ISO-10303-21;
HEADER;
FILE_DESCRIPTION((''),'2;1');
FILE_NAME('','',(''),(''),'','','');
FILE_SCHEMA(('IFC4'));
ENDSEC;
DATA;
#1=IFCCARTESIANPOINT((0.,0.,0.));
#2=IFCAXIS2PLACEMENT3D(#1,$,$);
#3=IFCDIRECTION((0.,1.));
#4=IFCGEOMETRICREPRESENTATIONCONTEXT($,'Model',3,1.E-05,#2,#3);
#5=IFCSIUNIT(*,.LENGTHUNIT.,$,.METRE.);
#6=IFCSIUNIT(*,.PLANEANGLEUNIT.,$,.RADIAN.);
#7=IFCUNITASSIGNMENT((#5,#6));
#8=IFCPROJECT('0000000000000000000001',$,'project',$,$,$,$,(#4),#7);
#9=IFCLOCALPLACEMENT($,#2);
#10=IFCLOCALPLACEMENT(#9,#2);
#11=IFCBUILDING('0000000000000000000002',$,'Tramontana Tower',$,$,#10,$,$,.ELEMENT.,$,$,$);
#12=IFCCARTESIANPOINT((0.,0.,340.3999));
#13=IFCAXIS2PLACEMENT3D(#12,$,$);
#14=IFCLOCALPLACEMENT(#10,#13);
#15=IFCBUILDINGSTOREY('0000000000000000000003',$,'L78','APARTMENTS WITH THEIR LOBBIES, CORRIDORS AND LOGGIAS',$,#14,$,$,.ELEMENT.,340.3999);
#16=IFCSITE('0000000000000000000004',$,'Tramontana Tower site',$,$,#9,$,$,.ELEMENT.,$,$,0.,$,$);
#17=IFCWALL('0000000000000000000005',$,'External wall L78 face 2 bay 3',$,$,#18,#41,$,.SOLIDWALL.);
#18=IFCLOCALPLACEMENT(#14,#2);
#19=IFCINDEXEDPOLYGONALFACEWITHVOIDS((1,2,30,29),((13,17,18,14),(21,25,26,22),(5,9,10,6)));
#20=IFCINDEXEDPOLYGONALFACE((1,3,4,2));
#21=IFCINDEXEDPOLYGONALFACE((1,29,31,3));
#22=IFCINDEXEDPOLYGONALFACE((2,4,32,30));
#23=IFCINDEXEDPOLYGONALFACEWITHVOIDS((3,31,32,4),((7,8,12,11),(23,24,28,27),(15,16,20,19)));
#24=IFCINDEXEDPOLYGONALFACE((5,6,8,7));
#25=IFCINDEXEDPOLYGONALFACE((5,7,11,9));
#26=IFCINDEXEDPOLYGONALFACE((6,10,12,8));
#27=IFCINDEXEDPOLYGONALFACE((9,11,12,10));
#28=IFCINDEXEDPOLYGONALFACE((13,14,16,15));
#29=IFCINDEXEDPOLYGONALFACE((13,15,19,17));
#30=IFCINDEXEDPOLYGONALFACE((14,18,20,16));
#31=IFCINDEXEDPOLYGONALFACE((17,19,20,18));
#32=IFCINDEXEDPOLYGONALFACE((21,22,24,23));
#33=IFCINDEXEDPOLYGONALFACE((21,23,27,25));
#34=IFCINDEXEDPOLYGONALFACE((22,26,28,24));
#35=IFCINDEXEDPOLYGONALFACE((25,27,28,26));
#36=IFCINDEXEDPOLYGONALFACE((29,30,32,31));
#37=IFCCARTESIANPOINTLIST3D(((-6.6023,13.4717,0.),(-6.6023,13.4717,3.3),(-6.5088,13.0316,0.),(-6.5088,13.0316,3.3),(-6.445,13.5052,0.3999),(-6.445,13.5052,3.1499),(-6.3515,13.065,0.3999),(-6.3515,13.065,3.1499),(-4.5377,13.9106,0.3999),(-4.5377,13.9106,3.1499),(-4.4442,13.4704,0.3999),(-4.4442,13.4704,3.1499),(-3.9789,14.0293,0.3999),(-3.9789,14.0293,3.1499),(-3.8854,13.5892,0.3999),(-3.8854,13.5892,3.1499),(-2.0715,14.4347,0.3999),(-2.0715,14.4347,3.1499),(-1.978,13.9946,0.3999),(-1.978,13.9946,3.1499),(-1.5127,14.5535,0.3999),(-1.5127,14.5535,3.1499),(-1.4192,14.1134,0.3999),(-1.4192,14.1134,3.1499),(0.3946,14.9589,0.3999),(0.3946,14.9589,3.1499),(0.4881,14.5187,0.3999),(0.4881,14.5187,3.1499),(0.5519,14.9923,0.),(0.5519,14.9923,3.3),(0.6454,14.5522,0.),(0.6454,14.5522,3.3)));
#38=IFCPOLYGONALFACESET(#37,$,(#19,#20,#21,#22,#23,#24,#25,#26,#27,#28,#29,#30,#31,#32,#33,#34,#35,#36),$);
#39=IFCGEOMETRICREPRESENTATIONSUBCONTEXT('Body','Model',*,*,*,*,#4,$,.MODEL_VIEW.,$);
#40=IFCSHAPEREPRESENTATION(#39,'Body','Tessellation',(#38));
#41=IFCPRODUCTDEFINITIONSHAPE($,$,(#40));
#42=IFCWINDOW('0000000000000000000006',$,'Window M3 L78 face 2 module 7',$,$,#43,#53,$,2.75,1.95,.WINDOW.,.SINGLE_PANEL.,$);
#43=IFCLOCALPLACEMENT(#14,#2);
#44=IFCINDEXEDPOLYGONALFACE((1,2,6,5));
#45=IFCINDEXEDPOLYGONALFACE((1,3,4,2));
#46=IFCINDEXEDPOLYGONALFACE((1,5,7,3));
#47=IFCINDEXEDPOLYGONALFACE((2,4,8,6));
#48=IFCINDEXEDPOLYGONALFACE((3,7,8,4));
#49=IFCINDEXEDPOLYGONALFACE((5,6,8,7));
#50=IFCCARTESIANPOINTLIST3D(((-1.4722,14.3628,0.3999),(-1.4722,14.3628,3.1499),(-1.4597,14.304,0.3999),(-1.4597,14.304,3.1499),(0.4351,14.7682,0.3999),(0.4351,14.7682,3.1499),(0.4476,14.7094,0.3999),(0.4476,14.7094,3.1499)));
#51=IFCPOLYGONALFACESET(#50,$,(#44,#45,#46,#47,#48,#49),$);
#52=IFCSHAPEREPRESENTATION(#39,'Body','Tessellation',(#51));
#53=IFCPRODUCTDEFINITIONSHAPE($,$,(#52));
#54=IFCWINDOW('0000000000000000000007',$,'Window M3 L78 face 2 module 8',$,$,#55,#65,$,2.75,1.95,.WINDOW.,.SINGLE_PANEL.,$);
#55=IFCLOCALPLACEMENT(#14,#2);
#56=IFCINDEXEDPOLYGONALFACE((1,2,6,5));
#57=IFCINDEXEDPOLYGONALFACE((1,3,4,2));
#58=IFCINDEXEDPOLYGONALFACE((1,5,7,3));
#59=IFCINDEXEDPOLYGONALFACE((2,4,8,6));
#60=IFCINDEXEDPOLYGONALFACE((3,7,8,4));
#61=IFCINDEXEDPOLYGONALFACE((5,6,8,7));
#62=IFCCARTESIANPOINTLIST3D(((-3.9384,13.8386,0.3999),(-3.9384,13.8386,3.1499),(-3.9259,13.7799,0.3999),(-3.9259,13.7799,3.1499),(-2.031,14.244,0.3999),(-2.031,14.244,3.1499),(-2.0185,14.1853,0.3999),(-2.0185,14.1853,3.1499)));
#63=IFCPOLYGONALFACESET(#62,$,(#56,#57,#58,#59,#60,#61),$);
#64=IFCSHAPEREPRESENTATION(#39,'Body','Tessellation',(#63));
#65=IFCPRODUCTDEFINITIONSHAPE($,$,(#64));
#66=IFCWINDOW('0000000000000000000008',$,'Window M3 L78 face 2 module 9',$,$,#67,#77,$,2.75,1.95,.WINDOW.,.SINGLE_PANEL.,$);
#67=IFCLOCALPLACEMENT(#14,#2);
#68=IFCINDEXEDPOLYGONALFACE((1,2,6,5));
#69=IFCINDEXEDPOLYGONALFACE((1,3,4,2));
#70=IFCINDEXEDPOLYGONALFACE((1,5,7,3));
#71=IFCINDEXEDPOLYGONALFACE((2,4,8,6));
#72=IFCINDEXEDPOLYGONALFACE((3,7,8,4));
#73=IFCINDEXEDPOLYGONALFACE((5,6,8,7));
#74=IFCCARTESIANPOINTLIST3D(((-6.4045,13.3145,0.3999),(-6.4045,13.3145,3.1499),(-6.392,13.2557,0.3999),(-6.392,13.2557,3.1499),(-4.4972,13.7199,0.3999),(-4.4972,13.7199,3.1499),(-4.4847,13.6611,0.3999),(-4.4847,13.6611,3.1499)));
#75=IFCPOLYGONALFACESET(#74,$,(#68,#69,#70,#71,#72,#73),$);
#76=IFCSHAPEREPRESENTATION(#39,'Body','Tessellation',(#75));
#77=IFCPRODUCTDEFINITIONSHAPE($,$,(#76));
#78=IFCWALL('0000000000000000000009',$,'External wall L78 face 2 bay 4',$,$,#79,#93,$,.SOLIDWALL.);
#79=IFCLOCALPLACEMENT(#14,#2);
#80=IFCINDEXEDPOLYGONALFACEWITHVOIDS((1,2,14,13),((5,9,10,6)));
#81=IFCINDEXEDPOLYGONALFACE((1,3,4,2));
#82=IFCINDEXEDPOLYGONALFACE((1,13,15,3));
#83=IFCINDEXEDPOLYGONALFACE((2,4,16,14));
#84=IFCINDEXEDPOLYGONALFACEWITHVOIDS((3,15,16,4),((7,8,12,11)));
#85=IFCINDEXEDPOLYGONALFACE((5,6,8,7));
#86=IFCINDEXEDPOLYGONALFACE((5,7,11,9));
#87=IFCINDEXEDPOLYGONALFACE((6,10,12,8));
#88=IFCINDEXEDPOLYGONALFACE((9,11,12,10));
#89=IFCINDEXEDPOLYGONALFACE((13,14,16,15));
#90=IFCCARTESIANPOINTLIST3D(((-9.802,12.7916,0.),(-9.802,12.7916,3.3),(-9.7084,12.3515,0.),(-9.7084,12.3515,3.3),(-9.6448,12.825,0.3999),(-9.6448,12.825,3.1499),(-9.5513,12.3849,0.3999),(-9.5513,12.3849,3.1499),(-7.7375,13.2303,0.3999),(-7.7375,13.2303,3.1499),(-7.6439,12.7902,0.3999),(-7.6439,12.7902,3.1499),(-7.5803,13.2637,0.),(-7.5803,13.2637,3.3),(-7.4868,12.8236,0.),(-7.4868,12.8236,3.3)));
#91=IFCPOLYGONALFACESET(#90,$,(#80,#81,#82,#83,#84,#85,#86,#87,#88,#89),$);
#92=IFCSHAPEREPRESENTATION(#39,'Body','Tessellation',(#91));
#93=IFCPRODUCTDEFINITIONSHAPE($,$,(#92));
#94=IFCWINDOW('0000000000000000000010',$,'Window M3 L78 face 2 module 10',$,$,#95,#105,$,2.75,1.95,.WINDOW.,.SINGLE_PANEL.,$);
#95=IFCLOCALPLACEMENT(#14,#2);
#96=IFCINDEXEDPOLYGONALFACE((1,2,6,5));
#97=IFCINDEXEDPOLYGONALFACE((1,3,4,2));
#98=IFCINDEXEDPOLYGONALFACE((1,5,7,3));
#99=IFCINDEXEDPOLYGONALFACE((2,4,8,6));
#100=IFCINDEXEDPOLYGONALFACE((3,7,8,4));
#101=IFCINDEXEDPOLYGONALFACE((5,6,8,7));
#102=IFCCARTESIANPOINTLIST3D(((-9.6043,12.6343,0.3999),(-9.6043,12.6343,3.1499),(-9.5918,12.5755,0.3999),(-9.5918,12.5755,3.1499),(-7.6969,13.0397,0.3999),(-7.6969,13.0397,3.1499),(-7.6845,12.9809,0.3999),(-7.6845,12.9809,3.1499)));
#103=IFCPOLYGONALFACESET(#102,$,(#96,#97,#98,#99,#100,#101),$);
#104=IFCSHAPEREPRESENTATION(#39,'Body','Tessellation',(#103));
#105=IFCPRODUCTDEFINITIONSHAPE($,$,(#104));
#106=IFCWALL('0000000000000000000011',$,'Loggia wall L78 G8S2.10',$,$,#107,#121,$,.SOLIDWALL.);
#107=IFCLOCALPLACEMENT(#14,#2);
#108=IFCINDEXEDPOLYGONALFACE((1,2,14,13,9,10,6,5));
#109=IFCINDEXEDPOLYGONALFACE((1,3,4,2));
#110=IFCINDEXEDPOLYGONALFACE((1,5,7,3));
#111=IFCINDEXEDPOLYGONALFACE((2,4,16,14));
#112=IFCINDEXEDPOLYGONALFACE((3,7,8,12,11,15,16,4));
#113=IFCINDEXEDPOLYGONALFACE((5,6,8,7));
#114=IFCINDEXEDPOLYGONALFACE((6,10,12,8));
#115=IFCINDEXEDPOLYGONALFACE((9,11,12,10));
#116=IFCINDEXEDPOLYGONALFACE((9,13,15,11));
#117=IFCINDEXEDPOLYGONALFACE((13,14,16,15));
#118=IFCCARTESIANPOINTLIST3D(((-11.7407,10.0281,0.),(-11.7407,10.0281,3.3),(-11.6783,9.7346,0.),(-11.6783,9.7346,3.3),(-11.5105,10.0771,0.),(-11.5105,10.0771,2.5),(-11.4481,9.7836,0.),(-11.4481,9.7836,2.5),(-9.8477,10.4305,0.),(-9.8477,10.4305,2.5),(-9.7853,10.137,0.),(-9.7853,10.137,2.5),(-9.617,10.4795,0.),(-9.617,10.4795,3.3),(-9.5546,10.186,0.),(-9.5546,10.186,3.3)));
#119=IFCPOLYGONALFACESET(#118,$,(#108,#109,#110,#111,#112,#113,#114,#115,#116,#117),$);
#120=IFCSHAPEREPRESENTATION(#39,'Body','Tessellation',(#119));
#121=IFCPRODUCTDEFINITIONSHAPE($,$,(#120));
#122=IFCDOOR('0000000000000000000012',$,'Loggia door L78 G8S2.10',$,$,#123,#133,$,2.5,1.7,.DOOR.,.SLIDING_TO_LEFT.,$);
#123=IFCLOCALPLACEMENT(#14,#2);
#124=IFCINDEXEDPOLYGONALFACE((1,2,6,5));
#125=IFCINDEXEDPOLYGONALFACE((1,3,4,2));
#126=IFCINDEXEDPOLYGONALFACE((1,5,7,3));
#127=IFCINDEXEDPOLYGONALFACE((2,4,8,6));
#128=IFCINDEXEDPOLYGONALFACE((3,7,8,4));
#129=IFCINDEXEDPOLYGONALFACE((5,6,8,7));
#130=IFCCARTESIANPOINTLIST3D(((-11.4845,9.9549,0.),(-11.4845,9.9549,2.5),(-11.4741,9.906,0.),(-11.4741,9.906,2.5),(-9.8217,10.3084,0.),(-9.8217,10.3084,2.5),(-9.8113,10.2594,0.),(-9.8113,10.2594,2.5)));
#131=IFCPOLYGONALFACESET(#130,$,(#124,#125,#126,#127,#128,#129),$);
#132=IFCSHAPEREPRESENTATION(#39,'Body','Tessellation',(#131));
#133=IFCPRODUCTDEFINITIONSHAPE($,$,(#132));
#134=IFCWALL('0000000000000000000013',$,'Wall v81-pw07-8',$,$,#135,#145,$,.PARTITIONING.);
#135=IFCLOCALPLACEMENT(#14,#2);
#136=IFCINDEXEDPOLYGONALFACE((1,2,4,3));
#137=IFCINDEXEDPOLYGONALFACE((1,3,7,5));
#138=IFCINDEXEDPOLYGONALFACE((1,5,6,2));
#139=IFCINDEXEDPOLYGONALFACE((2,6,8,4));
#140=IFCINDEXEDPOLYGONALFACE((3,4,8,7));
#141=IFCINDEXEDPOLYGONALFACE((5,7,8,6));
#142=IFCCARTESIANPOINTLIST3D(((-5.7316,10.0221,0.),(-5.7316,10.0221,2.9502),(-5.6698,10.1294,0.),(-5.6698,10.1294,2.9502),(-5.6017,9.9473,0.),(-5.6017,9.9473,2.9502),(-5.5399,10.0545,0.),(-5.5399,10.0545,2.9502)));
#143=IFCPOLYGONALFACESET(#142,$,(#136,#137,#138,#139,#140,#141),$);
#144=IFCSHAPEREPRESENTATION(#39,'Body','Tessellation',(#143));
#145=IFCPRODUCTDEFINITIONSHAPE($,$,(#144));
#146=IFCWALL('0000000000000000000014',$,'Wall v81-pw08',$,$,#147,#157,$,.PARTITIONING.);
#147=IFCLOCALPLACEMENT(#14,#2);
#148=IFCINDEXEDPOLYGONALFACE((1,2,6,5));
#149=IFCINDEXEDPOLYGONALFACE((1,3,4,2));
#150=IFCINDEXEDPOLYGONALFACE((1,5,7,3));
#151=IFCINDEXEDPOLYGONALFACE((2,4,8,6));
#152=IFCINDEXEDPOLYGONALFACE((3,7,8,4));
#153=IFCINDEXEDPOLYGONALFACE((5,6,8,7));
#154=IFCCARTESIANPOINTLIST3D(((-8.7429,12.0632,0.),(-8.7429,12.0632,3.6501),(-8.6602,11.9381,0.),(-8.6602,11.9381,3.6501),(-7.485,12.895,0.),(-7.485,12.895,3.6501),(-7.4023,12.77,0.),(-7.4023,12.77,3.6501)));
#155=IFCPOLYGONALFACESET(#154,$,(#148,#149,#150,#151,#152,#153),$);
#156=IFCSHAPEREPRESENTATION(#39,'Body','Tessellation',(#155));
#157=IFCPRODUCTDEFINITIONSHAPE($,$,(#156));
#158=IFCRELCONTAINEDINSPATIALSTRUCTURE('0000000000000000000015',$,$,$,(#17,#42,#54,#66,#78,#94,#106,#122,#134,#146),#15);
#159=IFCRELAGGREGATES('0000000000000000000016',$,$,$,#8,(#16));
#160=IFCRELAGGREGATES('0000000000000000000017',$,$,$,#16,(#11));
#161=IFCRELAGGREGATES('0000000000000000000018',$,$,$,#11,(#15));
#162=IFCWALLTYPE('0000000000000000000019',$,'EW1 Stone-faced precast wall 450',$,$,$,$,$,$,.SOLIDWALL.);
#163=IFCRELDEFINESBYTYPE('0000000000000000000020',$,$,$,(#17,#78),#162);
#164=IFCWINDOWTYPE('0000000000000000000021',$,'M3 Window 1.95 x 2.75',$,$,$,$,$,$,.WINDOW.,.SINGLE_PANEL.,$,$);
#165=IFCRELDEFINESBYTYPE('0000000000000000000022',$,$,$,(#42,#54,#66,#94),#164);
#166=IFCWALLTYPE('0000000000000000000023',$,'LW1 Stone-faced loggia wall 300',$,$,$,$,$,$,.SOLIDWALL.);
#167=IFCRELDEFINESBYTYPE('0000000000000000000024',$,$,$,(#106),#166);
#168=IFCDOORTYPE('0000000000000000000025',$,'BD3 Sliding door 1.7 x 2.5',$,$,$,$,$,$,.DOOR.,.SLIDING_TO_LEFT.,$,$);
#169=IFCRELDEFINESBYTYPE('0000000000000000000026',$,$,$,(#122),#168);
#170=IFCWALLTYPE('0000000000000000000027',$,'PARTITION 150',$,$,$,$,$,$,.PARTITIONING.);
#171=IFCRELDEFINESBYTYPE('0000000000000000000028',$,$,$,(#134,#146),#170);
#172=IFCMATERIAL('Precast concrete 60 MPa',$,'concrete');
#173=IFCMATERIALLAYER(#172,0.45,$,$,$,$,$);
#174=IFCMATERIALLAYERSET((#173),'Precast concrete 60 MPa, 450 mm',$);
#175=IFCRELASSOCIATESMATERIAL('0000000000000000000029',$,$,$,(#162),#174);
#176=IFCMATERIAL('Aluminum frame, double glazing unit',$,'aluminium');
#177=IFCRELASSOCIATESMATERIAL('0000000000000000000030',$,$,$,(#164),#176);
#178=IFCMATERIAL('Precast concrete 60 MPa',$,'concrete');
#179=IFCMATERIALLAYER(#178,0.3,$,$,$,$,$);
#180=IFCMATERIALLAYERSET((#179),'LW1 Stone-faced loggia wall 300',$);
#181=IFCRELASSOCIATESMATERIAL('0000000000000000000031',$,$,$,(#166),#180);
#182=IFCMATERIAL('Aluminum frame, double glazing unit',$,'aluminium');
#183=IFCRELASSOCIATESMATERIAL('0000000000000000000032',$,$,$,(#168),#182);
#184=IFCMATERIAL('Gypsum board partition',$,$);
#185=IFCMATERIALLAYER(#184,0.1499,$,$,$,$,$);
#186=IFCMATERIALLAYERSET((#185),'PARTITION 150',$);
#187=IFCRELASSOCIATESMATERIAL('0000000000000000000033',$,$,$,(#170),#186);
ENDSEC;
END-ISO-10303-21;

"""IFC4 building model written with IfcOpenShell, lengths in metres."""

from ifc_helpers import new_model, si_unit, direction, frame, frame_2d, origin, place, context, subcontext, project, spatial, rectangle, extrude, material, layer, layer_set, type_object, element, fill, save


model = new_model("IFC4")

# Units and contexts
model_context = context("Model", 3, precision=1e-05, world=origin(), true_north=direction((0.0, 1.0)))
body_context = subcontext(model_context, "Body", "Model", "MODEL_VIEW")
ifc_project = project(units=[si_unit("LENGTHUNIT", "METRE"), si_unit("PLANEANGLEUNIT", "RADIAN")], contexts=[model_context])

# Site, building, storey
site_placement = place(None, origin())
site = spatial("IfcSite", under=ifc_project, at=site_placement, Name="Tramontana Tower site", CompositionType="ELEMENT", RefElevation=0.0)
building_placement = place(site_placement, origin())
building = spatial("IfcBuilding", under=site, at=building_placement, Name="Tramontana Tower", CompositionType="ELEMENT")
storey_placement = place(building_placement, frame((0.0, 0.0, 340.3999)))
storey = spatial("IfcBuildingStorey", under=building, at=storey_placement, Name="L78", Description="APARTMENTS WITH THEIR LOBBIES, CORRIDORS AND LOGGIAS", CompositionType="ELEMENT", Elevation=340.3999)

# Wall, openings, windows
ifc_material_1 = material(Name="Precast concrete 60 MPa", Category="concrete")
ifc_layer_1 = layer(ifc_material_1, 0.45)
ifc_layer_set_1 = layer_set([ifc_layer_1], Name="Precast concrete 60 MPa, 450 mm")
wall_type_1 = type_object("IfcWallType", Name="EW1 Stone-faced precast wall 450", PredefinedType="SOLIDWALL", material=ifc_layer_set_1)
wall_1_placement = place(storey_placement, frame((0.5986, 14.7722, 0.0), z_axis=(0.0, 0.0, 1.0), x_axis=(-0.978151, -0.207894, 0.0)))
wall_1 = element("IfcWall", 1, at=wall_1_placement, inside=storey, type_object=wall_type_1, Name="External wall L78 face 2 bay 3", PredefinedType="SOLIDWALL", context=body_context, shape_type="SweptSolid", body=[
    extrude(rectangle(XDim=7.314, YDim=0.45, at=frame_2d((3.657, 0.0))), origin(), (0.0, 0.0, 1.0), 3.3),
])
opening_1_placement = place(wall_1_placement, frame((0.1606, 0.0, 0.3999)))
opening_1 = element("IfcOpeningElement", 2, at=opening_1_placement, cuts=wall_1, PredefinedType="OPENING", context=body_context, shape_type="SweptSolid", body=[
    extrude(rectangle(XDim=1.95, YDim=2.75, at=frame_2d((0.9751, 1.375))), frame((0.0, 0.2349, 0.0), z_axis=(0.0, -1.0, 0.0), x_axis=(1.0, 0.0, 0.0)), (0.0, 0.0, 1.0), 0.47),
])
opening_2_placement = place(wall_1_placement, frame((2.6819, 0.0, 0.3999)))
opening_2 = element("IfcOpeningElement", 3, at=opening_2_placement, cuts=wall_1, PredefinedType="OPENING", context=body_context, shape_type="SweptSolid", body=[
    extrude(rectangle(XDim=1.95, YDim=2.75, at=frame_2d((0.9751, 1.375))), frame((0.0, 0.2349, 0.0), z_axis=(0.0, -1.0, 0.0), x_axis=(1.0, 0.0, 0.0)), (0.0, 0.0, 1.0), 0.47),
])
opening_3_placement = place(wall_1_placement, frame((5.2031, 0.0, 0.3999)))
opening_3 = element("IfcOpeningElement", 4, at=opening_3_placement, cuts=wall_1, PredefinedType="OPENING", context=body_context, shape_type="SweptSolid", body=[
    extrude(rectangle(XDim=1.95, YDim=2.75, at=frame_2d((0.9751, 1.375))), frame((0.0, 0.2349, 0.0), z_axis=(0.0, -1.0, 0.0), x_axis=(1.0, 0.0, 0.0)), (0.0, 0.0, 1.0), 0.47),
])
ifc_material_2 = material(Name="Aluminum frame, double glazing unit", Category="aluminium")
window_type = type_object("IfcWindowType", Name="M3 Window 1.95 x 2.75", PartitioningType="SINGLE_PANEL", PredefinedType="WINDOW", material=ifc_material_2)
window_1_placement = place(opening_1_placement, origin())
window_1 = element("IfcWindow", 5, at=window_1_placement, inside=storey, type_object=window_type, Name="Window M3 L78 face 2 module 7", OverallHeight=2.75, OverallWidth=1.95, PartitioningType="SINGLE_PANEL", PredefinedType="WINDOW", context=body_context, shape_type="SweptSolid", body=[
    extrude(rectangle(XDim=1.95, YDim=2.75, at=frame_2d((0.9751, 1.375))), frame((0.0, 0.03, 0.0), z_axis=(0.0, -1.0, 0.0), x_axis=(1.0, 0.0, 0.0)), (0.0, 0.0, 1.0), 0.0601),
])
fill(opening_1, window_1)
window_2_placement = place(opening_2_placement, origin())
window_2 = element("IfcWindow", 6, at=window_2_placement, inside=storey, type_object=window_type, Name="Window M3 L78 face 2 module 8", OverallHeight=2.75, OverallWidth=1.95, PartitioningType="SINGLE_PANEL", PredefinedType="WINDOW", context=body_context, shape_type="SweptSolid", body=[
    extrude(rectangle(XDim=1.95, YDim=2.75, at=frame_2d((0.9751, 1.375))), frame((0.0, 0.03, 0.0), z_axis=(0.0, -1.0, 0.0), x_axis=(1.0, 0.0, 0.0)), (0.0, 0.0, 1.0), 0.0601),
])
fill(opening_2, window_2)
window_3_placement = place(opening_3_placement, origin())
window_3 = element("IfcWindow", 7, at=window_3_placement, inside=storey, type_object=window_type, Name="Window M3 L78 face 2 module 9", OverallHeight=2.75, OverallWidth=1.95, PartitioningType="SINGLE_PANEL", PredefinedType="WINDOW", context=body_context, shape_type="SweptSolid", body=[
    extrude(rectangle(XDim=1.95, YDim=2.75, at=frame_2d((0.9751, 1.375))), frame((0.0, 0.03, 0.0), z_axis=(0.0, -1.0, 0.0), x_axis=(1.0, 0.0, 0.0)), (0.0, 0.0, 1.0), 0.0601),
])
fill(opening_3, window_3)

# Wall, opening, window
wall_2_placement = place(storey_placement, frame((-7.5334, 13.0437, 0.0), z_axis=(0.0, 0.0, 1.0), x_axis=(-0.978153, -0.207884, 0.0)))
wall_2 = element("IfcWall", 8, at=wall_2_placement, inside=storey, type_object=wall_type_1, Name="External wall L78 face 2 bay 4", PredefinedType="SOLIDWALL", context=body_context, shape_type="SweptSolid", body=[
    extrude(rectangle(XDim=2.2712, YDim=0.45, at=frame_2d((1.1357, 0.0))), origin(), (0.0, 0.0, 1.0), 3.3),
])
opening_4_placement = place(wall_2_placement, frame((0.1606, 0.0, 0.3999)))
opening_4 = element("IfcOpeningElement", 9, at=opening_4_placement, cuts=wall_2, PredefinedType="OPENING", context=body_context, shape_type="SweptSolid", body=[
    extrude(rectangle(XDim=1.95, YDim=2.75, at=frame_2d((0.9751, 1.375))), frame((0.0, 0.2349, 0.0), z_axis=(0.0, -1.0, 0.0), x_axis=(1.0, 0.0, 0.0)), (0.0, 0.0, 1.0), 0.47),
])
window_4_placement = place(opening_4_placement, origin())
window_4 = element("IfcWindow", 10, at=window_4_placement, inside=storey, type_object=window_type, Name="Window M3 L78 face 2 module 10", OverallHeight=2.75, OverallWidth=1.95, PartitioningType="SINGLE_PANEL", PredefinedType="WINDOW", context=body_context, shape_type="SweptSolid", body=[
    extrude(rectangle(XDim=1.95, YDim=2.75, at=frame_2d((0.9751, 1.375))), frame((0.0, 0.03, 0.0), z_axis=(0.0, -1.0, 0.0), x_axis=(1.0, 0.0, 0.0)), (0.0, 0.0, 1.0), 0.0601),
])
fill(opening_4, window_4)

# Wall, opening, door
ifc_material_3 = material(Name="Precast concrete 60 MPa", Category="concrete")
ifc_layer_2 = layer(ifc_material_3, 0.3)
ifc_layer_set_2 = layer_set([ifc_layer_2], Name="LW1 Stone-faced loggia wall 300")
wall_type_2 = type_object("IfcWallType", Name="LW1 Stone-faced loggia wall 300", PredefinedType="SOLIDWALL", material=ifc_layer_set_2)
wall_3_placement = place(storey_placement, frame((-9.5859, 10.3328, 0.0), z_axis=(0.0, 0.0, 1.0), x_axis=(-0.978148, -0.207909, 0.0)))
wall_3 = element("IfcWall", 11, at=wall_3_placement, inside=storey, type_object=wall_type_2, Name="Loggia wall L78 G8S2.10", PredefinedType="SOLIDWALL", context=body_context, shape_type="SweptSolid", body=[
    extrude(rectangle(XDim=2.1711, YDim=0.3, at=frame_2d((1.0854, 0.0))), origin(), (0.0, 0.0, 1.0), 3.3),
])
opening_5_placement = place(wall_3_placement, frame((0.2356, 0.0, 0.0)))
opening_5 = element("IfcOpeningElement", 12, at=opening_5_placement, cuts=wall_3, PredefinedType="OPENING", context=body_context, shape_type="SweptSolid", body=[
    extrude(rectangle(XDim=1.7, YDim=2.5, at=frame_2d((0.8501, 1.25))), frame((0.0, 0.1599, 0.0), z_axis=(0.0, -1.0, 0.0), x_axis=(1.0, 0.0, 0.0)), (0.0, 0.0, 1.0), 0.3201),
])
ifc_material_4 = material(Name="Aluminum frame, double glazing unit", Category="aluminium")
door_type_1 = type_object("IfcDoorType", Name="BD3 Sliding door 1.7 x 2.5", OperationType="SLIDING_TO_LEFT", PredefinedType="DOOR", material=ifc_material_4)
door_1_placement = place(opening_5_placement, origin())
door_1 = element("IfcDoor", 13, at=door_1_placement, inside=storey, type_object=door_type_1, Name="Loggia door L78 G8S2.10", OperationType="SLIDING_TO_LEFT", OverallHeight=2.5, OverallWidth=1.7, PredefinedType="DOOR", context=body_context, shape_type="SweptSolid", body=[
    extrude(rectangle(XDim=1.7, YDim=2.5, at=frame_2d((0.8501, 1.25))), frame((0.0, 0.0249, 0.0), z_axis=(0.0, -1.0, 0.0), x_axis=(1.0, 0.0, 0.0)), (0.0, 0.0, 1.0), 0.05),
])
fill(opening_5, door_1)

# Walls
ifc_material_5 = material(Name="Gypsum board partition")
ifc_layer_3 = layer(ifc_material_5, 0.1499)
ifc_layer_set_3 = layer_set([ifc_layer_3], Name="PARTITION 150")
wall_type_3 = type_object("IfcWallType", Name="PARTITION 150", PredefinedType="PARTITIONING", material=ifc_layer_set_3)
wall_4_placement = place(storey_placement, frame((-5.6667, 9.9846, 0.0), z_axis=(0.0, 0.0, 1.0), x_axis=(0.499324, 0.866415, 0.0)))
element("IfcWall", 14, at=wall_4_placement, inside=storey, type_object=wall_type_3, Name="Wall v81-pw07-8", PredefinedType="PARTITIONING", context=body_context, shape_type="SweptSolid", body=[
    extrude(rectangle(XDim=0.1238, YDim=0.1499, at=frame_2d((0.062, 0.0))), origin(), (0.0, 0.0, 1.0), 2.9502),
])
wall_5_placement = place(storey_placement, frame((-8.7014, 12.0007, 0.0), z_axis=(0.0, 0.0, 1.0), x_axis=(0.834112, 0.551595, 0.0)))
element("IfcWall", 15, at=wall_5_placement, inside=storey, type_object=wall_type_3, Name="Wall v81-pw08", PredefinedType="PARTITIONING", context=body_context, shape_type="SweptSolid", body=[
    extrude(rectangle(XDim=1.5081, YDim=0.1499, at=frame_2d((0.7539, 0.0))), origin(), (0.0, 0.0, 1.0), 3.6501),
])

save(model, "model.ifc")
